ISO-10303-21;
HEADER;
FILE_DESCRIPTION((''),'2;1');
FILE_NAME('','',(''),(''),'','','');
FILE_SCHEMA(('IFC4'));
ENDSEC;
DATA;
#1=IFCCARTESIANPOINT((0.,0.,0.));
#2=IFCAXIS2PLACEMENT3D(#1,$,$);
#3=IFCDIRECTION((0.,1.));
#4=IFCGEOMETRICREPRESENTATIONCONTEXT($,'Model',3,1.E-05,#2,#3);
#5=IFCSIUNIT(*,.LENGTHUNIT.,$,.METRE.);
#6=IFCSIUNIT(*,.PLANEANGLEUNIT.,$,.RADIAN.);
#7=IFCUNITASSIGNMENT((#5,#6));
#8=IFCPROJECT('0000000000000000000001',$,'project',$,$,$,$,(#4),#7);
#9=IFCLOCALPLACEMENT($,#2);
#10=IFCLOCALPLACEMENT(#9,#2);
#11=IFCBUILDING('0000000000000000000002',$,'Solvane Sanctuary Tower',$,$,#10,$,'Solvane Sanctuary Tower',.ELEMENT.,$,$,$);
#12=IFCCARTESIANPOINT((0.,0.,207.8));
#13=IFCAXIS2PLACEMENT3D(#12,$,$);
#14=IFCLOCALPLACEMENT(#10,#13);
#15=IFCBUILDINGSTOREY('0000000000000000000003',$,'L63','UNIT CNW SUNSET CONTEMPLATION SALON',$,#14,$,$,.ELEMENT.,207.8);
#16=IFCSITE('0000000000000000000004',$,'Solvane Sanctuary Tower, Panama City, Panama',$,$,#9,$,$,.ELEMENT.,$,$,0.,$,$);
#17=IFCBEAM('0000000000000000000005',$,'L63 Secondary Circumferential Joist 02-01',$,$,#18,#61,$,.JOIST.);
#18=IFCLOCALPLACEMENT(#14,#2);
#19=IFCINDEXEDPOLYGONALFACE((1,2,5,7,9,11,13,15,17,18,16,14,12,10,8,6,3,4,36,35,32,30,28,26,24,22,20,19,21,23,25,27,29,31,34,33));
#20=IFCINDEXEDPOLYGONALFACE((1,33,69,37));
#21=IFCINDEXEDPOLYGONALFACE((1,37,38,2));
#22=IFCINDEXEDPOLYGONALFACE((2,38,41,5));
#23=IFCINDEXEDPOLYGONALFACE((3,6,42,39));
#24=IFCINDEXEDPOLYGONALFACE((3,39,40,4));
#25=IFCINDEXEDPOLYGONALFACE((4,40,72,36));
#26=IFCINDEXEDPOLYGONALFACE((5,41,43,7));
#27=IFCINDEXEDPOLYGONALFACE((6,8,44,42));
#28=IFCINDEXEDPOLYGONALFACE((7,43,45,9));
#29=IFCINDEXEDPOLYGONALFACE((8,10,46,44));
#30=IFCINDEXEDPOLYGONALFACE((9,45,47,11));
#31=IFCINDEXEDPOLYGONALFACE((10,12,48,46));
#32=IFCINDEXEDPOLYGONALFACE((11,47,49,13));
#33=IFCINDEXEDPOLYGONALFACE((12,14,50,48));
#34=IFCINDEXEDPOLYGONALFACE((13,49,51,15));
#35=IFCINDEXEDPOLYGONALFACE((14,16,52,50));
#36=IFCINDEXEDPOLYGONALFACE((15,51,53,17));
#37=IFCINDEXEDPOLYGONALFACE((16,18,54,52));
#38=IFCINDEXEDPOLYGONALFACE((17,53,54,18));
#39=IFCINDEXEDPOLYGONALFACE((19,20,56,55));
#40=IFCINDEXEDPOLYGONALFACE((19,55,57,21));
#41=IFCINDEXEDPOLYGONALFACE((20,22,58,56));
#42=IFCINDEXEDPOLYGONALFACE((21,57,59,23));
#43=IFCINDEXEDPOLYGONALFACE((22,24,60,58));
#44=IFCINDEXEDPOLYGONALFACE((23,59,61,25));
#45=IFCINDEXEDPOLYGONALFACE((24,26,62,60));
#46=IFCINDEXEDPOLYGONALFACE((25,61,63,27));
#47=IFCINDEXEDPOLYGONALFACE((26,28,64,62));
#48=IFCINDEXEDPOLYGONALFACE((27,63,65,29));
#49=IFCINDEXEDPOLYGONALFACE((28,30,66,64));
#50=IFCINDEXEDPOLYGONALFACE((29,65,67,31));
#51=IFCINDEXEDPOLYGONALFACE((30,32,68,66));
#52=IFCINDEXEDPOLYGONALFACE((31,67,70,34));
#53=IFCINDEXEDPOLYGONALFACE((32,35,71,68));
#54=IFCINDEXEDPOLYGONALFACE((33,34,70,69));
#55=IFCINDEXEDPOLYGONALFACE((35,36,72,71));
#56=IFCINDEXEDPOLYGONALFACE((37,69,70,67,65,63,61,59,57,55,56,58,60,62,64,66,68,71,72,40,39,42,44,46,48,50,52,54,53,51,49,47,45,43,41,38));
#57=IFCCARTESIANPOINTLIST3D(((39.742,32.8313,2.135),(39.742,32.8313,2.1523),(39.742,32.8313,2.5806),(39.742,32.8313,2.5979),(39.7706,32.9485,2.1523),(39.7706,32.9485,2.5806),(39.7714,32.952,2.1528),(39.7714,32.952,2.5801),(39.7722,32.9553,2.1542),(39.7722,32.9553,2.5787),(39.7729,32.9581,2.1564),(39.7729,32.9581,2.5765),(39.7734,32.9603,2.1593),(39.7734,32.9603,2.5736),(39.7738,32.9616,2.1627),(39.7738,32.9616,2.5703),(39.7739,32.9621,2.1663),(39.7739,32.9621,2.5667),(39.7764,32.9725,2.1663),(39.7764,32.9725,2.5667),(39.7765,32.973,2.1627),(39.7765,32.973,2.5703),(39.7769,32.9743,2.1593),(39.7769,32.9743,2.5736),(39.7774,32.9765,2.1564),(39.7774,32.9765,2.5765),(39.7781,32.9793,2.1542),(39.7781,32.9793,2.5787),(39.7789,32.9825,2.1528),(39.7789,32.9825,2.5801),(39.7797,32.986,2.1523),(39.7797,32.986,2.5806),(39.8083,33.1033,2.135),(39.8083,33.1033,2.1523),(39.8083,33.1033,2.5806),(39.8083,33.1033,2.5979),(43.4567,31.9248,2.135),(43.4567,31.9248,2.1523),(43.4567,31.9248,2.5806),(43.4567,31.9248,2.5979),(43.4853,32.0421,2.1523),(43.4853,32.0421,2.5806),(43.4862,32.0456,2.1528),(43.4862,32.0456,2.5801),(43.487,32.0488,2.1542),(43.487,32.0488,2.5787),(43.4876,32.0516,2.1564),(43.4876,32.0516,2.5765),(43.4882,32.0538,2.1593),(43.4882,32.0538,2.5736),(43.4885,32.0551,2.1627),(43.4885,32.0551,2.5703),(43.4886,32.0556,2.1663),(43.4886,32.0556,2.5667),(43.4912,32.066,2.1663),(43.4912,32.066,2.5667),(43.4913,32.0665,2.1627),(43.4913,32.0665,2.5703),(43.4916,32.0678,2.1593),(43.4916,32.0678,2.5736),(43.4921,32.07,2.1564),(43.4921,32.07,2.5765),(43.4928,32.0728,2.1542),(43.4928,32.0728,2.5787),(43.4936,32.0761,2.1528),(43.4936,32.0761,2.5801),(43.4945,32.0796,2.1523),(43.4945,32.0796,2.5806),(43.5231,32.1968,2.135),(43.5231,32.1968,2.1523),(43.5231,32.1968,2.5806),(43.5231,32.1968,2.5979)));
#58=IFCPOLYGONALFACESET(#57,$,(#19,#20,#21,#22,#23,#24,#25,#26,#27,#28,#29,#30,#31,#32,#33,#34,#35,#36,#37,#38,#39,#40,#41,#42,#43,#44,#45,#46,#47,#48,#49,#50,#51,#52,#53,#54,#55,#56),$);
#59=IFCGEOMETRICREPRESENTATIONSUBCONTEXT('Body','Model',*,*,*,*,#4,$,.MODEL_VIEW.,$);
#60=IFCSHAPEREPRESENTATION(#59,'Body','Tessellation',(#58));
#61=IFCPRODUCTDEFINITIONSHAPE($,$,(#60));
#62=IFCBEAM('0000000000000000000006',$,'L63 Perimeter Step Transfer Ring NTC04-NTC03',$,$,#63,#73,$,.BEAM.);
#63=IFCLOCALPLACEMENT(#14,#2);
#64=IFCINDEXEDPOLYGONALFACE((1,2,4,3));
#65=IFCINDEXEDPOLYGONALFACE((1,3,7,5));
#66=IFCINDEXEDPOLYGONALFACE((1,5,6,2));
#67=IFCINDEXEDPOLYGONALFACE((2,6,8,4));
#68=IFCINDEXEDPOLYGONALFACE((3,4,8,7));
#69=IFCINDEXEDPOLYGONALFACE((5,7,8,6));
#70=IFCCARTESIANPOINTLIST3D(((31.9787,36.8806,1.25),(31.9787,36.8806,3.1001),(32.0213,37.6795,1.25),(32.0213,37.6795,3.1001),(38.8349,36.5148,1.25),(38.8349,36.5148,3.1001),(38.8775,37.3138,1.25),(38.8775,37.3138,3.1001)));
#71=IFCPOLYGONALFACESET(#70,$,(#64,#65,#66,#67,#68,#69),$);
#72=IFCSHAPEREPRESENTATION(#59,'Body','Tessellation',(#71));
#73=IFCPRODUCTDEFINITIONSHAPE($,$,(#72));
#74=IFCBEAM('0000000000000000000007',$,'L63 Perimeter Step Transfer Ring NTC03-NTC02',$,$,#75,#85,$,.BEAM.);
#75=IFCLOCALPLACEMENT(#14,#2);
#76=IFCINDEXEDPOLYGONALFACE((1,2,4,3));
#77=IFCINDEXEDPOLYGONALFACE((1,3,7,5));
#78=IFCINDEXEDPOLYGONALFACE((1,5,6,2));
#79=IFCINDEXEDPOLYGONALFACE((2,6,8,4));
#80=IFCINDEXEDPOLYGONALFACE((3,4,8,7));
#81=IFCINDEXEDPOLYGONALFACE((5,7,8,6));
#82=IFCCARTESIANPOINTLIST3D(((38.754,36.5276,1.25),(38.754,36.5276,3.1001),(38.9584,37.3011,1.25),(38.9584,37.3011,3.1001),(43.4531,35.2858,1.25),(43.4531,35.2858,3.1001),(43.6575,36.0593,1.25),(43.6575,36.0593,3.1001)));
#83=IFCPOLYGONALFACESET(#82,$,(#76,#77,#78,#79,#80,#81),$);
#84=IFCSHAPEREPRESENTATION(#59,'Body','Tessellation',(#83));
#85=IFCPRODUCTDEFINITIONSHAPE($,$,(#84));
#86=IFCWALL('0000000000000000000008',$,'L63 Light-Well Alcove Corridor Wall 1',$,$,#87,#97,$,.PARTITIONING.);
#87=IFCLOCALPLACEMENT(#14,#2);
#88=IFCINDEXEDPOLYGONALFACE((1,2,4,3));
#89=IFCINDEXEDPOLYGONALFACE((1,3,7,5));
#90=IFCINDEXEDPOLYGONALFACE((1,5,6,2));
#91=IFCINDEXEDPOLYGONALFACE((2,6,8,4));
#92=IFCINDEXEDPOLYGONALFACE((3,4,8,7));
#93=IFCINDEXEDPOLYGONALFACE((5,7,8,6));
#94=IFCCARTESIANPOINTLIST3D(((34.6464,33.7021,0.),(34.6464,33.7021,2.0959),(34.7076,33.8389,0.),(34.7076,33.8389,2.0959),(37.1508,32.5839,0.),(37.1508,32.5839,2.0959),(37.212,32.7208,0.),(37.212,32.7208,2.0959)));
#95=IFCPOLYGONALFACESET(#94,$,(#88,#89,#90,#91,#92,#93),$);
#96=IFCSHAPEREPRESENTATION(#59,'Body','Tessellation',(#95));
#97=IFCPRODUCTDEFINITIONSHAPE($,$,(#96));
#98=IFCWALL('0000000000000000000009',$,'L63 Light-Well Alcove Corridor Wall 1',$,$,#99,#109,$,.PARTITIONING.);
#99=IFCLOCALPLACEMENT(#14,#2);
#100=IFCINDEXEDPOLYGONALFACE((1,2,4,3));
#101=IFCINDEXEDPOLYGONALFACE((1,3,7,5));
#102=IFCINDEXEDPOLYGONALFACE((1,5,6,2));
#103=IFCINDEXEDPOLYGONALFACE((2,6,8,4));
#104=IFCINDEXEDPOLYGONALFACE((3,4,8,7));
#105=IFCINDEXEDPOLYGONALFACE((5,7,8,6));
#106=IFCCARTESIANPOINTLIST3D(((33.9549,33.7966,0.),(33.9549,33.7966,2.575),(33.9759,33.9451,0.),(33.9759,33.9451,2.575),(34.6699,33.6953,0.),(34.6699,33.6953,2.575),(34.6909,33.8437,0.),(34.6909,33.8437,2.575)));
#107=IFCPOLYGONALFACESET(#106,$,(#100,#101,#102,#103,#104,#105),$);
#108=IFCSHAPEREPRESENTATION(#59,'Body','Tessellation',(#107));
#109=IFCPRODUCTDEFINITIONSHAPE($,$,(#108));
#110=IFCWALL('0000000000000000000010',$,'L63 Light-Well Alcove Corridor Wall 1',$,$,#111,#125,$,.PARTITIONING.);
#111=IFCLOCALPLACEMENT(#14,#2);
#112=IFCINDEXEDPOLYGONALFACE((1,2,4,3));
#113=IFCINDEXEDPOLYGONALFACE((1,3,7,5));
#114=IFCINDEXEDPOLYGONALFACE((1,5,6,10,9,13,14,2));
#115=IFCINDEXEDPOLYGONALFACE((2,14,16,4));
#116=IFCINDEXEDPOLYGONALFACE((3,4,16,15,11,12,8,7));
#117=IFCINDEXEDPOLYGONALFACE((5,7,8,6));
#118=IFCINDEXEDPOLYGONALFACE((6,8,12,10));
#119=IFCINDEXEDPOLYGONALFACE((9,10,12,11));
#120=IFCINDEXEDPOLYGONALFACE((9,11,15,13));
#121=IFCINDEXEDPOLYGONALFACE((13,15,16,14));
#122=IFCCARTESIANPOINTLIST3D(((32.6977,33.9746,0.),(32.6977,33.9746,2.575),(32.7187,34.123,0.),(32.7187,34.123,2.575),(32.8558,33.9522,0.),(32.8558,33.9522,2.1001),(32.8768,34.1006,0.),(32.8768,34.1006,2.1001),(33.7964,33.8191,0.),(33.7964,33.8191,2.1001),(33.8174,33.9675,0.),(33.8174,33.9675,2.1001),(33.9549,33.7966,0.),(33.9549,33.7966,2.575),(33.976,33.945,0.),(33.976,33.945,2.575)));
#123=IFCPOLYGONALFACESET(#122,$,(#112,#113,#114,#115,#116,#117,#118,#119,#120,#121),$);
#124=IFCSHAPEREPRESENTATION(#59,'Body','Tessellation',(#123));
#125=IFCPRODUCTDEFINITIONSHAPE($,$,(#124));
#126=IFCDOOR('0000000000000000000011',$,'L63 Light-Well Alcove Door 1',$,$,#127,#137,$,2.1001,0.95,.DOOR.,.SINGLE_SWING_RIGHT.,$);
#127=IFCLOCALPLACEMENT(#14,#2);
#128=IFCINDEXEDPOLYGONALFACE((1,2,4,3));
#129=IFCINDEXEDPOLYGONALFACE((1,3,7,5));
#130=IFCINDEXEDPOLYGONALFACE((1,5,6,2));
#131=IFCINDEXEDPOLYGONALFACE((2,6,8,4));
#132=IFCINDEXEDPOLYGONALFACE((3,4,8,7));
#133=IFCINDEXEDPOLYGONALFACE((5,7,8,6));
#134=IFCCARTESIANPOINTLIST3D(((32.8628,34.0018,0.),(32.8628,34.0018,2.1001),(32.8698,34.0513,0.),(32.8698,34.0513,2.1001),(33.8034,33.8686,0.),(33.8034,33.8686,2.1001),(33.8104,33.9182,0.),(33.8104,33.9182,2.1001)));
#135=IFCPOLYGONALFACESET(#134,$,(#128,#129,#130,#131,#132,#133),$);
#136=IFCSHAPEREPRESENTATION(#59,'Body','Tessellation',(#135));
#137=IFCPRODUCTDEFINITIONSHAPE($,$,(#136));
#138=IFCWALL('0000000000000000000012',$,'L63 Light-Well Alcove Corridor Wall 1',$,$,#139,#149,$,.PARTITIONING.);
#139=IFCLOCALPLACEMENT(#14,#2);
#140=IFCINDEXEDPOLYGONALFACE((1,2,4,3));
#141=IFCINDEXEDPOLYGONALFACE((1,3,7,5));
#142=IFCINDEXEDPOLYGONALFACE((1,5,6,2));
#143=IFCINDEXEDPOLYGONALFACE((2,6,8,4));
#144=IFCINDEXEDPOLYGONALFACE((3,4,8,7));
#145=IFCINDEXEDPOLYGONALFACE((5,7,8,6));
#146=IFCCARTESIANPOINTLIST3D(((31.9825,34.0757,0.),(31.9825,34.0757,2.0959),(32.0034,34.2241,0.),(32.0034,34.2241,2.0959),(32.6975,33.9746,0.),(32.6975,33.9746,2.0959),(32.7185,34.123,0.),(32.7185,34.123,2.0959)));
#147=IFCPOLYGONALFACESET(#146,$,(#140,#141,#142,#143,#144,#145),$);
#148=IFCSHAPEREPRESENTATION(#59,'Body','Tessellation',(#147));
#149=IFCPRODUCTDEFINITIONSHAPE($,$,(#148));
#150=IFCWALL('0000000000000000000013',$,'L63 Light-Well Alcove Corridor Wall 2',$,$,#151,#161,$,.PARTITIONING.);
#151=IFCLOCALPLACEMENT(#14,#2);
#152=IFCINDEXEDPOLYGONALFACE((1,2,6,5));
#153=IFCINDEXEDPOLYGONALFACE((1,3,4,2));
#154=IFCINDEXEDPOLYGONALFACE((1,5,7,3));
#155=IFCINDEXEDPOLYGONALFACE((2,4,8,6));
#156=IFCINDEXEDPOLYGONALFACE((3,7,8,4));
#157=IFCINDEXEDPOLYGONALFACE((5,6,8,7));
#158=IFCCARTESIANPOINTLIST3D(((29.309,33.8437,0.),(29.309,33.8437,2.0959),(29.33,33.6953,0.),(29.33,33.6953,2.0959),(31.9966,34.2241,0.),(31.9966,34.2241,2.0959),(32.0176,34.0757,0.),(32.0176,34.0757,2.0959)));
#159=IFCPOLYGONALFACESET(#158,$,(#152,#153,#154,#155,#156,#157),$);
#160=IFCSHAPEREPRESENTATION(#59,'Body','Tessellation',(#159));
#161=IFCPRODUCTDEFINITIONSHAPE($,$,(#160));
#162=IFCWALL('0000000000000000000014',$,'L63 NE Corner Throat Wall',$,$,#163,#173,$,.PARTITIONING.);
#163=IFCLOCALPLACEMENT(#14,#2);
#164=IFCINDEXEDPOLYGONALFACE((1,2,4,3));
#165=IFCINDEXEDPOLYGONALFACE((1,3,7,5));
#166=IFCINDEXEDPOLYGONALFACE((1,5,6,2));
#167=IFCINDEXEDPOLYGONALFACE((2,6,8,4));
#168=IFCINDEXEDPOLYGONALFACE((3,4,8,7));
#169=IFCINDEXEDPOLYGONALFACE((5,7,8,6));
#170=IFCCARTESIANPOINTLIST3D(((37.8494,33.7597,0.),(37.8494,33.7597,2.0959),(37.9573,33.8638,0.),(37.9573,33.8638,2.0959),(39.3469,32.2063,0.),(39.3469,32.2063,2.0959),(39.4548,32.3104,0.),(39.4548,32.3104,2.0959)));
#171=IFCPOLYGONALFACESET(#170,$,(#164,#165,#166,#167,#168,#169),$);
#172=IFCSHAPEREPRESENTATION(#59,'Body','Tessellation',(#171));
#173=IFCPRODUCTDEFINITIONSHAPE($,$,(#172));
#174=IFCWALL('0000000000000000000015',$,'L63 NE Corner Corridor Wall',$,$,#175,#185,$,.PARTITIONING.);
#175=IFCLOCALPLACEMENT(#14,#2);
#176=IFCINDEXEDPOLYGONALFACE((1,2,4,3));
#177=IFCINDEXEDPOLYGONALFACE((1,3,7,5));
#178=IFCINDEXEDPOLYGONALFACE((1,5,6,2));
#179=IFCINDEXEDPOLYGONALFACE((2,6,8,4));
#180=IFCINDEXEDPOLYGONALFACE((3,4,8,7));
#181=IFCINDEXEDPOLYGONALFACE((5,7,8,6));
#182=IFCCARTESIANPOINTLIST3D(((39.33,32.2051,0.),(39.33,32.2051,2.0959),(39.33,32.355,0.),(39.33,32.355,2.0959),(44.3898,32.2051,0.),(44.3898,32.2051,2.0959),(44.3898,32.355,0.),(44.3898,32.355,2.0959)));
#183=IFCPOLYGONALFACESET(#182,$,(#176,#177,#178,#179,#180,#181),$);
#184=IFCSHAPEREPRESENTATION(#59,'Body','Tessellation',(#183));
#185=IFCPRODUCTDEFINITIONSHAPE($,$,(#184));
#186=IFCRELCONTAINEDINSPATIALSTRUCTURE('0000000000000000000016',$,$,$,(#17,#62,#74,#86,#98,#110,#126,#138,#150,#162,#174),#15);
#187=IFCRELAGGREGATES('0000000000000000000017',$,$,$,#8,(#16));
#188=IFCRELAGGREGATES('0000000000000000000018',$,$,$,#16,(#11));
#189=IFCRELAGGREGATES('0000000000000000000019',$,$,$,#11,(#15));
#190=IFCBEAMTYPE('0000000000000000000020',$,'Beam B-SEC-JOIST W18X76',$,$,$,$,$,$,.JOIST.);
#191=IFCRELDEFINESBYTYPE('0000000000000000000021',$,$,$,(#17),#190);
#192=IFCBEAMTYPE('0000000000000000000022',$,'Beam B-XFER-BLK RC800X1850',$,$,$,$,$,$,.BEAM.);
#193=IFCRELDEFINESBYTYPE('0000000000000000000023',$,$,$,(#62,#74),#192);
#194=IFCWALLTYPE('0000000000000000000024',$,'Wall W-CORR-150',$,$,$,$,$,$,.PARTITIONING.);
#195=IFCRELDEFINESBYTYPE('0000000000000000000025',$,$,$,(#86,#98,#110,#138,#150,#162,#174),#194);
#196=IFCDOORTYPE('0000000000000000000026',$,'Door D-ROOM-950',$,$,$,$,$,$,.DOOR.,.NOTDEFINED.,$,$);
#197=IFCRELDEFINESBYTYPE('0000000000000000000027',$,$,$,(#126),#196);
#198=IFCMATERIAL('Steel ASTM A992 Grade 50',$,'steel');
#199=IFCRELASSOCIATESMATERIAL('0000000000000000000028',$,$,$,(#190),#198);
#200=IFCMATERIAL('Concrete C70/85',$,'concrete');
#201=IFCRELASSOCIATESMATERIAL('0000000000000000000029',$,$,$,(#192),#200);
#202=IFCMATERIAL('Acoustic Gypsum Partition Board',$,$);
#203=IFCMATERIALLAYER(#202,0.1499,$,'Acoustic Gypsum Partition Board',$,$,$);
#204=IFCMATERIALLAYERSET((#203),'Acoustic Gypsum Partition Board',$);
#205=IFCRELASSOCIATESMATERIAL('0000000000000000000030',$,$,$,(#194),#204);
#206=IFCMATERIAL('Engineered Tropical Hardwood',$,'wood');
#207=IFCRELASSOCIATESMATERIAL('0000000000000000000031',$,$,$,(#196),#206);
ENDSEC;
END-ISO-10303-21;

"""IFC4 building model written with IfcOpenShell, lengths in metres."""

from ifc_helpers import new_model, si_unit, direction, frame, frame_2d, origin, origin_2d, place, context, subcontext, project, spatial, rectangle, i_section, extrude, material, layer, layer_set, material_profile, profile_set, type_object, element, fill, save


model = new_model("IFC4")

# Units and contexts
model_context = context("Model", 3, precision=1e-05, world=origin(), true_north=direction((0.0, 1.0)))
body_context = subcontext(model_context, "Body", "Model", "MODEL_VIEW")
ifc_project = project(units=[si_unit("LENGTHUNIT", "METRE"), si_unit("PLANEANGLEUNIT", "RADIAN")], contexts=[model_context])

# Site, building, storey
site_placement = place(None, origin())
site = spatial("IfcSite", under=ifc_project, at=site_placement, Name="Solvane Sanctuary Tower, Panama City, Panama", CompositionType="ELEMENT", RefElevation=0.0)
building_placement = place(site_placement, origin())
building = spatial("IfcBuilding", under=site, at=building_placement, Name="Solvane Sanctuary Tower", LongName="Solvane Sanctuary Tower", CompositionType="ELEMENT")
storey_placement = place(building_placement, frame((0.0, 0.0, 207.8)))
storey = spatial("IfcBuildingStorey", under=building, at=storey_placement, Name="L63", Description="UNIT CNW SUNSET CONTEMPLATION SALON", CompositionType="ELEMENT", Elevation=207.8)

# Beams
ifc_material_1 = material(Name="Steel ASTM A992 Grade 50", Category="steel")
ifc_material_profile_1 = material_profile(ifc_material_1, i_section(OverallWidth=0.28, OverallDepth=0.4629, WebThickness=0.0107, FlangeThickness=0.0173, FilletRadius=0.0139, at=origin_2d()), Name="W18X76")
ifc_profile_set_1 = profile_set([ifc_material_profile_1], Name="Steel ASTM A992 Grade 50")
beam_type_1 = type_object("IfcBeamType", Name="Beam B-SEC-JOIST W18X76", PredefinedType="JOIST", material=ifc_profile_set_1)
beam_1_placement = place(storey_placement, frame((39.7751, 32.9673, 2.3665), z_axis=(0.971494, -0.237063, 0.0), x_axis=(0.237063, 0.971494, 0.0)))
element("IfcBeam", 1, at=beam_1_placement, inside=storey, type_object=beam_type_1, Name="L63 Secondary Circumferential Joist 02-01", PredefinedType="JOIST", context=body_context, shape_type="SweptSolid", body=[
    extrude(i_section(OverallWidth=0.28, OverallDepth=0.4629, WebThickness=0.0107, FlangeThickness=0.0173, FilletRadius=0.0139, at=origin_2d()), origin(), (0.0, 0.0, 1.0), 3.8237),
])
ifc_material_2 = material(Name="Concrete C70/85", Category="concrete")
ifc_material_profile_2 = material_profile(ifc_material_2, rectangle(XDim=0.8, YDim=1.8501, at=origin_2d()), Name="RC800X1850")
ifc_profile_set_2 = profile_set([ifc_material_profile_2], Name="Concrete C70/85")
beam_type_2 = type_object("IfcBeamType", Name="Beam B-XFER-BLK RC800X1850", PredefinedType="BEAM", material=ifc_profile_set_2)
beam_2_placement = place(storey_placement, frame((32.0, 37.28, 2.175), z_axis=(0.99858, -0.053266, 0.0), x_axis=(0.053266, 0.99858, 0.0)))
element("IfcBeam", 2, at=beam_2_placement, inside=storey, type_object=beam_type_2, Name="L63 Perimeter Step Transfer Ring NTC04-NTC03", PredefinedType="BEAM", context=body_context, shape_type="SweptSolid", body=[
    extrude(rectangle(XDim=0.8, YDim=1.8501, at=origin_2d()), origin(), (0.0, 0.0, 1.0), 6.866),
])
beam_3_placement = place(storey_placement, frame((38.8562, 36.9143, 2.175), z_axis=(0.966814, -0.25548, 0.0), x_axis=(0.25548, 0.966814, 0.0)))
element("IfcBeam", 3, at=beam_3_placement, inside=storey, type_object=beam_type_2, Name="L63 Perimeter Step Transfer Ring NTC03-NTC02", PredefinedType="BEAM", context=body_context, shape_type="SweptSolid", body=[
    extrude(rectangle(XDim=0.8, YDim=1.8501, at=origin_2d()), origin(), (0.0, 0.0, 1.0), 4.8604),
])

# Walls
ifc_material_3 = material(Name="Acoustic Gypsum Partition Board")
ifc_layer_1 = layer(ifc_material_3, 0.1499, Name="Acoustic Gypsum Partition Board")
ifc_layer_set_1 = layer_set([ifc_layer_1], Name="Acoustic Gypsum Partition Board")
wall_type_1 = type_object("IfcWallType", Name="Wall W-CORR-150", PredefinedType="PARTITIONING", material=ifc_layer_set_1)
wall_1_placement = place(storey_placement, frame((37.1814, 32.6523, 0.0), z_axis=(0.0, 0.0, 1.0), x_axis=(-0.91312, 0.407691, 0.0)))
element("IfcWall", 4, at=wall_1_placement, inside=storey, type_object=wall_type_1, Name="L63 Light-Well Alcove Corridor Wall 1", PredefinedType="PARTITIONING", context=body_context, shape_type="SweptSolid", body=[
    extrude(rectangle(XDim=2.7427, YDim=0.1499, at=frame_2d((1.3713, 0.0))), origin(), (0.0, 0.0, 1.0), 2.0959),
])
wall_2_placement = place(storey_placement, frame((34.6804, 33.7695, 0.0), z_axis=(0.0, 0.0, 1.0), x_axis=(-0.990111, 0.140285, 0.0)))
element("IfcWall", 5, at=wall_2_placement, inside=storey, type_object=wall_type_1, Name="L63 Light-Well Alcove Corridor Wall 1", PredefinedType="PARTITIONING", context=body_context, shape_type="SweptSolid", body=[
    extrude(rectangle(XDim=0.7222, YDim=0.1499, at=frame_2d((0.3611, 0.0))), origin(), (0.0, 0.0, 1.0), 2.575),
])

# Wall, opening, door
wall_3_placement = place(storey_placement, frame((33.9653, 33.8708, 0.0), z_axis=(0.0, 0.0, 1.0), x_axis=(-0.990129, 0.140156, 0.0)))
wall_3 = element("IfcWall", 6, at=wall_3_placement, inside=storey, type_object=wall_type_1, Name="L63 Light-Well Alcove Corridor Wall 1", PredefinedType="PARTITIONING", context=body_context, shape_type="SweptSolid", body=[
    extrude(rectangle(XDim=1.2698, YDim=0.1499, at=frame_2d((0.6348, 0.0))), origin(), (0.0, 0.0, 1.0), 2.575),
])
opening_1_placement = place(wall_3_placement, frame((0.1599, 0.0, 0.0)))
opening_1 = element("IfcOpeningElement", 7, at=opening_1_placement, cuts=wall_3, PredefinedType="OPENING", context=body_context, shape_type="SweptSolid", body=[
    extrude(rectangle(XDim=0.95, YDim=2.1001, at=frame_2d((0.4751, 1.05))), frame((0.0, 0.085, 0.0), z_axis=(0.0, -1.0, 0.0), x_axis=(1.0, 0.0, 0.0)), (0.0, 0.0, 1.0), 0.1699),
])
ifc_material_4 = material(Name="Engineered Tropical Hardwood", Category="wood")
door_type_1 = type_object("IfcDoorType", Name="Door D-ROOM-950", OperationType="NOTDEFINED", PredefinedType="DOOR", material=ifc_material_4)
door_1_placement = place(opening_1_placement, origin())
door_1 = element("IfcDoor", 8, at=door_1_placement, inside=storey, type_object=door_type_1, Name="L63 Light-Well Alcove Door 1", OperationType="SINGLE_SWING_RIGHT", OverallHeight=2.1001, OverallWidth=0.95, PredefinedType="DOOR", context=body_context, shape_type="SweptSolid", body=[
    extrude(rectangle(XDim=0.95, YDim=2.1001, at=frame_2d((0.4751, 1.05))), frame((0.0, 0.0249, 0.0), z_axis=(0.0, -1.0, 0.0), x_axis=(1.0, 0.0, 0.0)), (0.0, 0.0, 1.0), 0.05),
])
fill(opening_1, door_1)

# Walls
wall_4_placement = place(storey_placement, frame((32.708, 34.0488, 0.0), z_axis=(0.0, 0.0, 1.0), x_axis=(-0.990158, 0.139954, 0.0)))
element("IfcWall", 9, at=wall_4_placement, inside=storey, type_object=wall_type_1, Name="L63 Light-Well Alcove Corridor Wall 1", PredefinedType="PARTITIONING", context=body_context, shape_type="SweptSolid", body=[
    extrude(rectangle(XDim=0.7222, YDim=0.1499, at=frame_2d((0.3611, 0.0))), origin(), (0.0, 0.0, 1.0), 2.0959),
])
wall_5_placement = place(storey_placement, frame((32.0071, 34.1499, 0.0), z_axis=(0.0, 0.0, 1.0), x_axis=(-0.990132, -0.140137, 0.0)))
element("IfcWall", 10, at=wall_5_placement, inside=storey, type_object=wall_type_1, Name="L63 Light-Well Alcove Corridor Wall 2", PredefinedType="PARTITIONING", context=body_context, shape_type="SweptSolid", body=[
    extrude(rectangle(XDim=2.7144, YDim=0.1499, at=frame_2d((1.3572, 0.0))), origin(), (0.0, 0.0, 1.0), 2.0959),
])
wall_6_placement = place(storey_placement, frame((37.9033, 33.8118, 0.0), z_axis=(0.0, 0.0, 1.0), x_axis=(0.694033, -0.719943, 0.0)))
element("IfcWall", 11, at=wall_6_placement, inside=storey, type_object=wall_type_1, Name="L63 NE Corner Throat Wall", PredefinedType="PARTITIONING", context=body_context, shape_type="SweptSolid", body=[
    extrude(rectangle(XDim=2.1577, YDim=0.1499, at=frame_2d((1.0789, 0.0))), origin(), (0.0, 0.0, 1.0), 2.0959),
])
wall_7_placement = place(storey_placement, frame((39.3301, 32.28, 0.0), z_axis=(0.0, 0.0, 1.0), x_axis=(1.0, 0.0, 0.0)))
element("IfcWall", 12, at=wall_7_placement, inside=storey, type_object=wall_type_1, Name="L63 NE Corner Corridor Wall", PredefinedType="PARTITIONING", context=body_context, shape_type="SweptSolid", body=[
    extrude(rectangle(XDim=5.0598, YDim=0.1499, at=frame_2d((2.5298, 0.0))), origin(), (0.0, 0.0, 1.0), 2.0959),
])

save(model, "model.ifc")
